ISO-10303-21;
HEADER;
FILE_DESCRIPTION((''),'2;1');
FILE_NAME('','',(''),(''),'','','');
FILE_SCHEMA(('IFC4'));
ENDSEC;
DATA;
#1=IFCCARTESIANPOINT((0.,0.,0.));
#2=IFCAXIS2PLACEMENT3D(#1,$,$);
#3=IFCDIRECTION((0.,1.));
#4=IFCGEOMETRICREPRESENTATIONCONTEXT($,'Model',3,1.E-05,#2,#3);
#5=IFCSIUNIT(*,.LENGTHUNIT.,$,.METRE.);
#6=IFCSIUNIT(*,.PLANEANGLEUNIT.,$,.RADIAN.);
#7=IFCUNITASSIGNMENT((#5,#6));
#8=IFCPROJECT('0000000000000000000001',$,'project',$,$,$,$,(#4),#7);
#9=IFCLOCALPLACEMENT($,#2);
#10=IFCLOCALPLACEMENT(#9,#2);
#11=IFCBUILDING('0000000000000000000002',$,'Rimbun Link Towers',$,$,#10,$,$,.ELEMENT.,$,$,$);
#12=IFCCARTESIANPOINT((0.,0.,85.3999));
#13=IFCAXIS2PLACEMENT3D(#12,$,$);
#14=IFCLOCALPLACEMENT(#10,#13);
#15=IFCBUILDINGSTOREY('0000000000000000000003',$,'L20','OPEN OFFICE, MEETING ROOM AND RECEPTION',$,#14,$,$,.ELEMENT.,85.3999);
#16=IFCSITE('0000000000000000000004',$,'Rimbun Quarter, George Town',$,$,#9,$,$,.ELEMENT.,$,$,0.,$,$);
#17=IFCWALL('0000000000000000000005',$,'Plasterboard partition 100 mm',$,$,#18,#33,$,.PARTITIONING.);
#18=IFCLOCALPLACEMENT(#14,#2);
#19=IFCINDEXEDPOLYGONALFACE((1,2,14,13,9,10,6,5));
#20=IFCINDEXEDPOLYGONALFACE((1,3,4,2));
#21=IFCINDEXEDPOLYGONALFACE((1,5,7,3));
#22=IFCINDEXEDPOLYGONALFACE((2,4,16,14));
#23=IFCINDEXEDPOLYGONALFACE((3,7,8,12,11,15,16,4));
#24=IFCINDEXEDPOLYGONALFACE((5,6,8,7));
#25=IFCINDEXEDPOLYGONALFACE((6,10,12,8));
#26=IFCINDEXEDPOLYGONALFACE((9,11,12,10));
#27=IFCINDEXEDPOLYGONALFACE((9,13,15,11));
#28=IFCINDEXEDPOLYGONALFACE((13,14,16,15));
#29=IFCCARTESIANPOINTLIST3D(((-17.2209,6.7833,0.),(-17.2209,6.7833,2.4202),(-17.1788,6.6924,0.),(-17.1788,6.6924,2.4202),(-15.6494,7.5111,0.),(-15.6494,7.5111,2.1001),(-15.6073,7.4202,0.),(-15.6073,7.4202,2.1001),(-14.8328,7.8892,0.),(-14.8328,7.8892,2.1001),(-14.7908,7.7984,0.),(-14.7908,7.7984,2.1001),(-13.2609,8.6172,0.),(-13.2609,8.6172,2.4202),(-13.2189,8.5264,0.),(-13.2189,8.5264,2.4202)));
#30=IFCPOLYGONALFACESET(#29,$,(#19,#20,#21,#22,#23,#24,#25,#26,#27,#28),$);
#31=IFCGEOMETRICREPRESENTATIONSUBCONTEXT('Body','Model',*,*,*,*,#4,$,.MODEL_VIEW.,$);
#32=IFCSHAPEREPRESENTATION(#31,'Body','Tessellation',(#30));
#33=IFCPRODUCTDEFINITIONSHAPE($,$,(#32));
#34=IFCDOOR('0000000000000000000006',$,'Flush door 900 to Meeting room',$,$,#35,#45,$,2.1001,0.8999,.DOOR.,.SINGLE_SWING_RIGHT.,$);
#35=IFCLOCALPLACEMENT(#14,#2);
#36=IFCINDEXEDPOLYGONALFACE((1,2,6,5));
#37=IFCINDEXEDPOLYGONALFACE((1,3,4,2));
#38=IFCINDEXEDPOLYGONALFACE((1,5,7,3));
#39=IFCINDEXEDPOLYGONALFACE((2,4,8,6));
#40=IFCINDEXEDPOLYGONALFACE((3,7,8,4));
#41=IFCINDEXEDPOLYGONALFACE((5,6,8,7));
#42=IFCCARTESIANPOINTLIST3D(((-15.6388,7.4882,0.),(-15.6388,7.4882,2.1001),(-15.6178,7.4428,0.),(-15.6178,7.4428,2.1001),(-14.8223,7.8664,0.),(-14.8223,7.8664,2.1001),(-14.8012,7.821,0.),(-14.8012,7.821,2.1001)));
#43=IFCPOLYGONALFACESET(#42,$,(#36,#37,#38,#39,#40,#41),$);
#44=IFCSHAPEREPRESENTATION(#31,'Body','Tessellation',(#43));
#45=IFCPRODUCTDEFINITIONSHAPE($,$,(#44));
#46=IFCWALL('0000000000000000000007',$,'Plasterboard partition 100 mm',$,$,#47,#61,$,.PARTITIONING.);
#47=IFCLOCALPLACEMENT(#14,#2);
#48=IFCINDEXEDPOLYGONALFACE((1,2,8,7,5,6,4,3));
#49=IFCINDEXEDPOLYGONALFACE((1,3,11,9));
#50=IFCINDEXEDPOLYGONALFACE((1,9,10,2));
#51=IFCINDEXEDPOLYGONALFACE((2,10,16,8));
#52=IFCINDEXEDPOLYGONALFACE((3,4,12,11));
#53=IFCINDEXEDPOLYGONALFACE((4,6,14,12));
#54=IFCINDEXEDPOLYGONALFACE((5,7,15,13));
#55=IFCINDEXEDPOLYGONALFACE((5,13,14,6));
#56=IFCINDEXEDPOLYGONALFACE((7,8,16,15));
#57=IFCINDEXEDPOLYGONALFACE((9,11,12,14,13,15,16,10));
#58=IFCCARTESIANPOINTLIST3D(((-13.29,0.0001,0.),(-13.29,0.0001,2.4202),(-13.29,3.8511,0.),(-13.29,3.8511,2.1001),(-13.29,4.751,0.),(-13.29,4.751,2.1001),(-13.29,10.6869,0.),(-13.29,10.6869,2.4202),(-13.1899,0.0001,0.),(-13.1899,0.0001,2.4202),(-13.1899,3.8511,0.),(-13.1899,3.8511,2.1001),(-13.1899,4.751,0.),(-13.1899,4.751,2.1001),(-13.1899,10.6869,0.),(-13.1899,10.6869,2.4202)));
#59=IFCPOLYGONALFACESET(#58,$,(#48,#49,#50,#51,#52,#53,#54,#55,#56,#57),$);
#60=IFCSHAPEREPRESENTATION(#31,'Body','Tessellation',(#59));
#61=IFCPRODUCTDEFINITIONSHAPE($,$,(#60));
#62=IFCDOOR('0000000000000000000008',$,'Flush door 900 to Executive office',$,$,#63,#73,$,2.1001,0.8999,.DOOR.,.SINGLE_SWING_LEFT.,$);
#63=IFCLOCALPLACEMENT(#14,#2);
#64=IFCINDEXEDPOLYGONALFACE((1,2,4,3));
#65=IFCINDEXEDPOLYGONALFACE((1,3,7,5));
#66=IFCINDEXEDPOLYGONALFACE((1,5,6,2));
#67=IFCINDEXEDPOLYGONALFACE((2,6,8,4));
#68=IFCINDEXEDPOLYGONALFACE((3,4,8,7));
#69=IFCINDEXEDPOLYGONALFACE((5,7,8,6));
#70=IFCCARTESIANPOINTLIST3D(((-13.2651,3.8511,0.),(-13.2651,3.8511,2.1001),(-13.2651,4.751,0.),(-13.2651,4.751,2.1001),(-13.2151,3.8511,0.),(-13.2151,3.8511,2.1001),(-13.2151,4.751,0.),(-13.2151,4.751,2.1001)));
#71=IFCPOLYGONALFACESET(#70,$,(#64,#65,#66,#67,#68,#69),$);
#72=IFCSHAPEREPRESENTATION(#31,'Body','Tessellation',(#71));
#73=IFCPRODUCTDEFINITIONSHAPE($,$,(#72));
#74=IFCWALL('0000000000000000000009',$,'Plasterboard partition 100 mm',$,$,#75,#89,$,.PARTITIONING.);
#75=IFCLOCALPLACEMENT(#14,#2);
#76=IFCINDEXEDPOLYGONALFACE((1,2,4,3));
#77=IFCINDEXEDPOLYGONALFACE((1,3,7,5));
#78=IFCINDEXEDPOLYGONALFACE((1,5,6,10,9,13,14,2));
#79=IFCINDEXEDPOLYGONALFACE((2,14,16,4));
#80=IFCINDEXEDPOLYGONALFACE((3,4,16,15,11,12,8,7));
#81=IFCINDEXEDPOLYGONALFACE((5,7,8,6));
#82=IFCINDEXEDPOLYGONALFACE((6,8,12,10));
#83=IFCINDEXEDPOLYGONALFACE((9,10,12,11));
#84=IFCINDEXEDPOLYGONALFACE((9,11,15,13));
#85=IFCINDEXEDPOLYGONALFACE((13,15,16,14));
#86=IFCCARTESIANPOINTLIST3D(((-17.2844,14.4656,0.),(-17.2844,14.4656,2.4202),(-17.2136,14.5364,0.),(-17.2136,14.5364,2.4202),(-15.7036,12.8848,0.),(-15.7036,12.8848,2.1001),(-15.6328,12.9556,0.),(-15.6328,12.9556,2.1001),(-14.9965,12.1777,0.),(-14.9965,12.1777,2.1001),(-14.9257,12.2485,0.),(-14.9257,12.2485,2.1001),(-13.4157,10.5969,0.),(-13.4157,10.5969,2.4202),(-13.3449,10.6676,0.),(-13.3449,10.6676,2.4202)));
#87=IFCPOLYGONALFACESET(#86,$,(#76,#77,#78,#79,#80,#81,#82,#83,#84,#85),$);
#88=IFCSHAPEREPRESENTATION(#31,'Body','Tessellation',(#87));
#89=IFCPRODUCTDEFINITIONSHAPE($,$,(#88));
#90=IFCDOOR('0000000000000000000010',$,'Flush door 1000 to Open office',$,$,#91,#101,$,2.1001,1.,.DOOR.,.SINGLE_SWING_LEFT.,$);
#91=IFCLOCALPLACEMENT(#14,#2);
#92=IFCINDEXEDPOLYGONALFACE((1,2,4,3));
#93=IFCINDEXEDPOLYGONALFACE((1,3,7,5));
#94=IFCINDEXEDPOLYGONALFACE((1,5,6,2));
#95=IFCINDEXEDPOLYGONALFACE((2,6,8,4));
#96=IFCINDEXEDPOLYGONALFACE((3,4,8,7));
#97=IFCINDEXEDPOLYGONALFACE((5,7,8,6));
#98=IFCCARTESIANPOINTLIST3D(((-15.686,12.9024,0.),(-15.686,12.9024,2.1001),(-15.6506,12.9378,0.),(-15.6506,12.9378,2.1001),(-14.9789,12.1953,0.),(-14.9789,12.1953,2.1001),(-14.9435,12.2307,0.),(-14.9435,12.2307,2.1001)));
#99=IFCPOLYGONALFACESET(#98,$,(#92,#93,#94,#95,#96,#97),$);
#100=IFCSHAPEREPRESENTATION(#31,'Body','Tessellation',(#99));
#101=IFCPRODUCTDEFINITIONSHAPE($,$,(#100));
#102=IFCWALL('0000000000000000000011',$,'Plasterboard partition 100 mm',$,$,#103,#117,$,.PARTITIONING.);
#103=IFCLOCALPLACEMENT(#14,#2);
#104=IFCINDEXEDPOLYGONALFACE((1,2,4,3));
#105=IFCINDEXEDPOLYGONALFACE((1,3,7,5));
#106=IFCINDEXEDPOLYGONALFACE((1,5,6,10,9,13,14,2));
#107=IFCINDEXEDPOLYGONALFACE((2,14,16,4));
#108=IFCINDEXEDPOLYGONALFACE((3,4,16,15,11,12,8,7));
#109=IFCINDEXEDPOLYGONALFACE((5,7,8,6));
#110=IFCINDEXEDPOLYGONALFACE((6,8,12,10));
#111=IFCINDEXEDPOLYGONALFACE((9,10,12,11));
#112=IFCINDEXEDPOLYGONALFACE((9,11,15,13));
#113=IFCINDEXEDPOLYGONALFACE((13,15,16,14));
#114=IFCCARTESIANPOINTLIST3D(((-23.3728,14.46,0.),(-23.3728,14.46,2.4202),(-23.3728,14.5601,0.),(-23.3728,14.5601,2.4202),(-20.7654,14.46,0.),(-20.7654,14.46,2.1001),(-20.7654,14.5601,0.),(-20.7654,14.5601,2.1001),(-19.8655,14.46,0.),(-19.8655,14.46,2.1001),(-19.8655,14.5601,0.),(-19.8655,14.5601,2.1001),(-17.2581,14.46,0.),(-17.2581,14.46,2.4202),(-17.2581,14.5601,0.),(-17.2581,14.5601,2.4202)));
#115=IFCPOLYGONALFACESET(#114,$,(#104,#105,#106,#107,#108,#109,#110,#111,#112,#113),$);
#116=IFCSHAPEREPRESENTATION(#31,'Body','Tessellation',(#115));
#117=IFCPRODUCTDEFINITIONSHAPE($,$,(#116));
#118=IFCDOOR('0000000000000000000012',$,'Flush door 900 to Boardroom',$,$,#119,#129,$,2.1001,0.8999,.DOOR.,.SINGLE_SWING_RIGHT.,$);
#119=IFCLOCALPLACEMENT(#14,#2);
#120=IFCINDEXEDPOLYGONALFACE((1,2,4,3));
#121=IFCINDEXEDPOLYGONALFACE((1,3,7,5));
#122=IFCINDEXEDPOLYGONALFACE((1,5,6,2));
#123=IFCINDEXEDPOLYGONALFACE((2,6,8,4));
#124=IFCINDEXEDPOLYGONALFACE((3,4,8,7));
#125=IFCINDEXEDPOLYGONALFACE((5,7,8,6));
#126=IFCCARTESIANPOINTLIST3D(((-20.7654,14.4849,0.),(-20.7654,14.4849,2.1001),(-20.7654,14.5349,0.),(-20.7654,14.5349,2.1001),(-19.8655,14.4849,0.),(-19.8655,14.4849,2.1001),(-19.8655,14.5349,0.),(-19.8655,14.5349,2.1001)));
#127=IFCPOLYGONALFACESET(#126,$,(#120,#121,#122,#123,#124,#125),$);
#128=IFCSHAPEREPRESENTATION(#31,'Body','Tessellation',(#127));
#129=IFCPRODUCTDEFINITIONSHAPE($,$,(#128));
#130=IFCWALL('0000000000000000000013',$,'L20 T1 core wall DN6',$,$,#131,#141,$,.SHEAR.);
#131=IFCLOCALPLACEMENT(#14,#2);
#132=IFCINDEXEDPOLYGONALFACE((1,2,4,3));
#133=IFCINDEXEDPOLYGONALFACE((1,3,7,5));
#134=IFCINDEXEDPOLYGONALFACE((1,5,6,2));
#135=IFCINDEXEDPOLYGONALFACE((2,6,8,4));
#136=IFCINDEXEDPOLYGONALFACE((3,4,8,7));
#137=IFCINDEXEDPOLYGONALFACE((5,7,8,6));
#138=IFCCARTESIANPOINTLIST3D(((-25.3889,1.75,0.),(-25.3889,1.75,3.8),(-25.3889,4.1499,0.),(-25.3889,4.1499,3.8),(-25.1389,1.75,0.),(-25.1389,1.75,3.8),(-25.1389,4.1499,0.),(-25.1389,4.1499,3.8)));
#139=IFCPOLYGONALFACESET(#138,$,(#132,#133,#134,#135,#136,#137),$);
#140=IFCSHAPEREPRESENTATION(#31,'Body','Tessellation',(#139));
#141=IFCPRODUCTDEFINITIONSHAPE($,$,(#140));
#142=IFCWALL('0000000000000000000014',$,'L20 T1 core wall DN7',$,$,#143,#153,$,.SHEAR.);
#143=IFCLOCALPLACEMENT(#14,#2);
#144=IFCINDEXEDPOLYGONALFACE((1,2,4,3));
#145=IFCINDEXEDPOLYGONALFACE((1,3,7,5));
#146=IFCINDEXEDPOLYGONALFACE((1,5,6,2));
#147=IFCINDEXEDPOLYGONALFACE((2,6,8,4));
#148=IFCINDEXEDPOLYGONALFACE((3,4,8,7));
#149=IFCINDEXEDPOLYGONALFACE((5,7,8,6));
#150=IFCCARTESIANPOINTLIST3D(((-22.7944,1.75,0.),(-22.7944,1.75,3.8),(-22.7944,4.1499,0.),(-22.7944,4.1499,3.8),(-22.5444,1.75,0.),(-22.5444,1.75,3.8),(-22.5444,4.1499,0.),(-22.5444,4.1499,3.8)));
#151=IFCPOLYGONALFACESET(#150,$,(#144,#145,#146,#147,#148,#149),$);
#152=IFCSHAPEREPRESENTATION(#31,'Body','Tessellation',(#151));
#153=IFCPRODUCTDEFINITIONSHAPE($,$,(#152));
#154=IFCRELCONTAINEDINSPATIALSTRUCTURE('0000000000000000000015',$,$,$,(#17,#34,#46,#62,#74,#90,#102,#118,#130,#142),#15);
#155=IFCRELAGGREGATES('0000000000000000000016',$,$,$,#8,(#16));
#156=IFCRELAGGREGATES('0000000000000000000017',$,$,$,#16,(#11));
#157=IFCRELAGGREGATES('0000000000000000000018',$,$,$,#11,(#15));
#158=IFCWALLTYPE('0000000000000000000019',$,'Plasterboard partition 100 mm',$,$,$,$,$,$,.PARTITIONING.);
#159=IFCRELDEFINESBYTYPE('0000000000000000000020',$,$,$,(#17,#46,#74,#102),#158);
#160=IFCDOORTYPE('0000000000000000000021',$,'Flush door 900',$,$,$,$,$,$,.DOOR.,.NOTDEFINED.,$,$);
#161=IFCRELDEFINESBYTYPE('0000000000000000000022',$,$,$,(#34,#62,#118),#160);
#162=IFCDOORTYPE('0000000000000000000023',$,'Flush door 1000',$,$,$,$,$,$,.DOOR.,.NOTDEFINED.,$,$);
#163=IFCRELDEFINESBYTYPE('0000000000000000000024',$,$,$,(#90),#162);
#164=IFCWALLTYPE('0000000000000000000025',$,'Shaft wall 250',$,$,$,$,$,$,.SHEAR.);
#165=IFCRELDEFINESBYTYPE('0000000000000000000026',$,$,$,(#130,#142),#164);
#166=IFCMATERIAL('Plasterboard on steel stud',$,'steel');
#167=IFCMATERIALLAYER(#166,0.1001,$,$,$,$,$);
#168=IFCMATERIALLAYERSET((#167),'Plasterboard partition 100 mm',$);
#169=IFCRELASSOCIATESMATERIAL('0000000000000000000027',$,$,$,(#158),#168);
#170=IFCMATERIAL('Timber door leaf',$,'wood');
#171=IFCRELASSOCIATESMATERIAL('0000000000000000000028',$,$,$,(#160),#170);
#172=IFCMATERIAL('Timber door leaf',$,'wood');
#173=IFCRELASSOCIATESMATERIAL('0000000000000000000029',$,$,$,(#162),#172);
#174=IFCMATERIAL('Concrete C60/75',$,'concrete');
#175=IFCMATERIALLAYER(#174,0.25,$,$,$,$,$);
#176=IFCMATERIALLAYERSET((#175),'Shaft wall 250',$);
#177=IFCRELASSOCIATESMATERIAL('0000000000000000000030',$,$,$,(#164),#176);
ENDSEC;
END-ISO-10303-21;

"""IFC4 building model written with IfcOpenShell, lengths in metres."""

from ifc_helpers import new_model, si_unit, direction, frame, frame_2d, origin, place, context, subcontext, project, spatial, rectangle, extrude, material, layer, layer_set, type_object, element, fill, save


model = new_model("IFC4")

# Units and contexts
model_context = context("Model", 3, precision=1e-05, world=origin(), true_north=direction((0.0, 1.0)))
body_context = subcontext(model_context, "Body", "Model", "MODEL_VIEW")
ifc_project = project(units=[si_unit("LENGTHUNIT", "METRE"), si_unit("PLANEANGLEUNIT", "RADIAN")], contexts=[model_context])

# Site, building, storey
site_placement = place(None, origin())
site = spatial("IfcSite", under=ifc_project, at=site_placement, Name="Rimbun Quarter, George Town", CompositionType="ELEMENT", RefElevation=0.0)
building_placement = place(site_placement, origin())
building = spatial("IfcBuilding", under=site, at=building_placement, Name="Rimbun Link Towers", CompositionType="ELEMENT")
storey_placement = place(building_placement, frame((0.0, 0.0, 85.3999)))
storey = spatial("IfcBuildingStorey", under=building, at=storey_placement, Name="L20", Description="OPEN OFFICE, MEETING ROOM AND RECEPTION", CompositionType="ELEMENT", Elevation=85.3999)

# Walls, openings, doors
ifc_material_1 = material(Name="Plasterboard on steel stud", Category="steel")
ifc_layer_1 = layer(ifc_material_1, 0.1001)
ifc_layer_set_1 = layer_set([ifc_layer_1], Name="Plasterboard partition 100 mm")
wall_type_1 = type_object("IfcWallType", Name="Plasterboard partition 100 mm", PredefinedType="PARTITIONING", material=ifc_layer_set_1)
wall_1_placement = place(storey_placement, frame((-17.2, 6.7378, 0.0), z_axis=(0.0, 0.0, 1.0), x_axis=(0.907408, 0.42025, 0.0)))
wall_1 = element("IfcWall", 1, at=wall_1_placement, inside=storey, type_object=wall_type_1, Name="Plasterboard partition 100 mm", PredefinedType="PARTITIONING", context=body_context, shape_type="SweptSolid", body=[
    extrude(rectangle(XDim=4.364, YDim=0.1001, at=frame_2d((2.1821, 0.0))), origin(), (0.0, 0.0, 1.0), 2.4202),
])
opening_1_placement = place(wall_1_placement, frame((1.7319, 0.0, 0.0)))
opening_1 = element("IfcOpeningElement", 2, at=opening_1_placement, cuts=wall_1, PredefinedType="OPENING", context=body_context, shape_type="SweptSolid", body=[
    extrude(rectangle(XDim=0.8999, YDim=2.1001, at=frame_2d((0.45, 1.05))), frame((0.0, 0.0601, 0.0), z_axis=(0.0, -1.0, 0.0), x_axis=(1.0, 0.0, 0.0)), (0.0, 0.0, 1.0), 0.1201),
])
ifc_material_2 = material(Name="Timber door leaf", Category="wood")
door_type_1 = type_object("IfcDoorType", Name="Flush door 900", OperationType="NOTDEFINED", PredefinedType="DOOR", material=ifc_material_2)
door_1_placement = place(opening_1_placement, origin())
door_1 = element("IfcDoor", 3, at=door_1_placement, inside=storey, type_object=door_type_1, Name="Flush door 900 to Meeting room", OperationType="SINGLE_SWING_RIGHT", OverallHeight=2.1001, OverallWidth=0.8999, PredefinedType="DOOR", context=body_context, shape_type="SweptSolid", body=[
    extrude(rectangle(XDim=0.8999, YDim=2.1001, at=frame_2d((0.45, 1.05))), frame((0.0, 0.0249, 0.0), z_axis=(0.0, -1.0, 0.0), x_axis=(1.0, 0.0, 0.0)), (0.0, 0.0, 1.0), 0.05),
])
fill(opening_1, door_1)
wall_2_placement = place(storey_placement, frame((-13.24, 10.6868, 0.0), z_axis=(0.0, 0.0, 1.0), x_axis=(0.0, -1.0, 0.0)))
wall_2 = element("IfcWall", 4, at=wall_2_placement, inside=storey, type_object=wall_type_1, Name="Plasterboard partition 100 mm", PredefinedType="PARTITIONING", context=body_context, shape_type="SweptSolid", body=[
    extrude(rectangle(XDim=10.6868, YDim=0.1001, at=frame_2d((5.3433, 0.0))), origin(), (0.0, 0.0, 1.0), 2.4202),
])
opening_2_placement = place(wall_2_placement, frame((5.9358, 0.0, 0.0)))
opening_2 = element("IfcOpeningElement", 5, at=opening_2_placement, cuts=wall_2, PredefinedType="OPENING", context=body_context, shape_type="SweptSolid", body=[
    extrude(rectangle(XDim=0.8999, YDim=2.1001, at=frame_2d((0.45, 1.05))), frame((0.0, 0.0601, 0.0), z_axis=(0.0, -1.0, 0.0), x_axis=(1.0, 0.0, 0.0)), (0.0, 0.0, 1.0), 0.1201),
])
door_2_placement = place(opening_2_placement, origin())
door_2 = element("IfcDoor", 6, at=door_2_placement, inside=storey, type_object=door_type_1, Name="Flush door 900 to Executive office", OperationType="SINGLE_SWING_LEFT", OverallHeight=2.1001, OverallWidth=0.8999, PredefinedType="DOOR", context=body_context, shape_type="SweptSolid", body=[
    extrude(rectangle(XDim=0.8999, YDim=2.1001, at=frame_2d((0.45, 1.05))), frame((0.0, 0.0249, 0.0), z_axis=(0.0, -1.0, 0.0), x_axis=(1.0, 0.0, 0.0)), (0.0, 0.0, 1.0), 0.05),
])
fill(opening_2, door_2)
wall_3_placement = place(storey_placement, frame((-17.249, 14.501, 0.0), z_axis=(0.0, 0.0, 1.0), x_axis=(0.707107, -0.707107, 0.0)))
wall_3 = element("IfcWall", 7, at=wall_3_placement, inside=storey, type_object=wall_type_1, Name="Plasterboard partition 100 mm", PredefinedType="PARTITIONING", context=body_context, shape_type="SweptSolid", body=[
    extrude(rectangle(XDim=5.4712, YDim=0.1001, at=frame_2d((2.7356, 0.0))), origin(), (0.0, 0.0, 1.0), 2.4202),
])
opening_3_placement = place(wall_3_placement, frame((2.2356, 0.0, 0.0)))
opening_3 = element("IfcOpeningElement", 8, at=opening_3_placement, cuts=wall_3, PredefinedType="OPENING", context=body_context, shape_type="SweptSolid", body=[
    extrude(rectangle(XDim=1.0, YDim=2.1001, at=frame_2d((0.5, 1.05))), frame((0.0, 0.0601, 0.0), z_axis=(0.0, -1.0, 0.0), x_axis=(1.0, 0.0, 0.0)), (0.0, 0.0, 1.0), 0.1201),
])
ifc_material_3 = material(Name="Timber door leaf", Category="wood")
door_type_2 = type_object("IfcDoorType", Name="Flush door 1000", OperationType="NOTDEFINED", PredefinedType="DOOR", material=ifc_material_3)
door_3_placement = place(opening_3_placement, origin())
door_3 = element("IfcDoor", 9, at=door_3_placement, inside=storey, type_object=door_type_2, Name="Flush door 1000 to Open office", OperationType="SINGLE_SWING_LEFT", OverallHeight=2.1001, OverallWidth=1.0, PredefinedType="DOOR", context=body_context, shape_type="SweptSolid", body=[
    extrude(rectangle(XDim=1.0, YDim=2.1001, at=frame_2d((0.5, 1.05))), frame((0.0, 0.0249, 0.0), z_axis=(0.0, -1.0, 0.0), x_axis=(1.0, 0.0, 0.0)), (0.0, 0.0, 1.0), 0.05),
])
fill(opening_3, door_3)
wall_4_placement = place(storey_placement, frame((-23.3728, 14.51, 0.0), z_axis=(0.0, 0.0, 1.0), x_axis=(1.0, 0.0, 0.0)))
wall_4 = element("IfcWall", 10, at=wall_4_placement, inside=storey, type_object=wall_type_1, Name="Plasterboard partition 100 mm", PredefinedType="PARTITIONING", context=body_context, shape_type="SweptSolid", body=[
    extrude(rectangle(XDim=6.1147, YDim=0.1001, at=frame_2d((3.0574, 0.0))), origin(), (0.0, 0.0, 1.0), 2.4202),
])
opening_4_placement = place(wall_4_placement, frame((2.6074, 0.0, 0.0)))
opening_4 = element("IfcOpeningElement", 11, at=opening_4_placement, cuts=wall_4, PredefinedType="OPENING", context=body_context, shape_type="SweptSolid", body=[
    extrude(rectangle(XDim=0.8999, YDim=2.1001, at=frame_2d((0.45, 1.05))), frame((0.0, 0.0601, 0.0), z_axis=(0.0, -1.0, 0.0), x_axis=(1.0, 0.0, 0.0)), (0.0, 0.0, 1.0), 0.1201),
])
door_4_placement = place(opening_4_placement, origin())
door_4 = element("IfcDoor", 12, at=door_4_placement, inside=storey, type_object=door_type_1, Name="Flush door 900 to Boardroom", OperationType="SINGLE_SWING_RIGHT", OverallHeight=2.1001, OverallWidth=0.8999, PredefinedType="DOOR", context=body_context, shape_type="SweptSolid", body=[
    extrude(rectangle(XDim=0.8999, YDim=2.1001, at=frame_2d((0.45, 1.05))), frame((0.0, 0.0249, 0.0), z_axis=(0.0, -1.0, 0.0), x_axis=(1.0, 0.0, 0.0)), (0.0, 0.0, 1.0), 0.05),
])
fill(opening_4, door_4)

# Walls
ifc_material_4 = material(Name="Concrete C60/75", Category="concrete")
ifc_layer_2 = layer(ifc_material_4, 0.25)
ifc_layer_set_2 = layer_set([ifc_layer_2], Name="Shaft wall 250")
wall_type_2 = type_object("IfcWallType", Name="Shaft wall 250", PredefinedType="SHEAR", material=ifc_layer_set_2)
for number, where, z_axis, x_axis, name in (
    (13, (-25.2639, 1.75, 0.0), (0.0, 0.0, 1.0), (0.0, 1.0, 0.0), "L20 T1 core wall DN6"),
    (14, (-22.6694, 1.75, 0.0), (0.0, 0.0, 1.0), (0.0, 1.0, 0.0), "L20 T1 core wall DN7"),
):
    element("IfcWall", number, at=place(storey_placement, frame(where, z_axis=z_axis, x_axis=x_axis)), inside=storey, type_object=wall_type_2, Name=name, PredefinedType="SHEAR", context=body_context, shape_type="SweptSolid", body=[
        extrude(rectangle(XDim=2.3999, YDim=0.25, at=frame_2d((1.2, 0.0))), origin(), (0.0, 0.0, 1.0), 3.8),
    ])

save(model, "model.ifc")
